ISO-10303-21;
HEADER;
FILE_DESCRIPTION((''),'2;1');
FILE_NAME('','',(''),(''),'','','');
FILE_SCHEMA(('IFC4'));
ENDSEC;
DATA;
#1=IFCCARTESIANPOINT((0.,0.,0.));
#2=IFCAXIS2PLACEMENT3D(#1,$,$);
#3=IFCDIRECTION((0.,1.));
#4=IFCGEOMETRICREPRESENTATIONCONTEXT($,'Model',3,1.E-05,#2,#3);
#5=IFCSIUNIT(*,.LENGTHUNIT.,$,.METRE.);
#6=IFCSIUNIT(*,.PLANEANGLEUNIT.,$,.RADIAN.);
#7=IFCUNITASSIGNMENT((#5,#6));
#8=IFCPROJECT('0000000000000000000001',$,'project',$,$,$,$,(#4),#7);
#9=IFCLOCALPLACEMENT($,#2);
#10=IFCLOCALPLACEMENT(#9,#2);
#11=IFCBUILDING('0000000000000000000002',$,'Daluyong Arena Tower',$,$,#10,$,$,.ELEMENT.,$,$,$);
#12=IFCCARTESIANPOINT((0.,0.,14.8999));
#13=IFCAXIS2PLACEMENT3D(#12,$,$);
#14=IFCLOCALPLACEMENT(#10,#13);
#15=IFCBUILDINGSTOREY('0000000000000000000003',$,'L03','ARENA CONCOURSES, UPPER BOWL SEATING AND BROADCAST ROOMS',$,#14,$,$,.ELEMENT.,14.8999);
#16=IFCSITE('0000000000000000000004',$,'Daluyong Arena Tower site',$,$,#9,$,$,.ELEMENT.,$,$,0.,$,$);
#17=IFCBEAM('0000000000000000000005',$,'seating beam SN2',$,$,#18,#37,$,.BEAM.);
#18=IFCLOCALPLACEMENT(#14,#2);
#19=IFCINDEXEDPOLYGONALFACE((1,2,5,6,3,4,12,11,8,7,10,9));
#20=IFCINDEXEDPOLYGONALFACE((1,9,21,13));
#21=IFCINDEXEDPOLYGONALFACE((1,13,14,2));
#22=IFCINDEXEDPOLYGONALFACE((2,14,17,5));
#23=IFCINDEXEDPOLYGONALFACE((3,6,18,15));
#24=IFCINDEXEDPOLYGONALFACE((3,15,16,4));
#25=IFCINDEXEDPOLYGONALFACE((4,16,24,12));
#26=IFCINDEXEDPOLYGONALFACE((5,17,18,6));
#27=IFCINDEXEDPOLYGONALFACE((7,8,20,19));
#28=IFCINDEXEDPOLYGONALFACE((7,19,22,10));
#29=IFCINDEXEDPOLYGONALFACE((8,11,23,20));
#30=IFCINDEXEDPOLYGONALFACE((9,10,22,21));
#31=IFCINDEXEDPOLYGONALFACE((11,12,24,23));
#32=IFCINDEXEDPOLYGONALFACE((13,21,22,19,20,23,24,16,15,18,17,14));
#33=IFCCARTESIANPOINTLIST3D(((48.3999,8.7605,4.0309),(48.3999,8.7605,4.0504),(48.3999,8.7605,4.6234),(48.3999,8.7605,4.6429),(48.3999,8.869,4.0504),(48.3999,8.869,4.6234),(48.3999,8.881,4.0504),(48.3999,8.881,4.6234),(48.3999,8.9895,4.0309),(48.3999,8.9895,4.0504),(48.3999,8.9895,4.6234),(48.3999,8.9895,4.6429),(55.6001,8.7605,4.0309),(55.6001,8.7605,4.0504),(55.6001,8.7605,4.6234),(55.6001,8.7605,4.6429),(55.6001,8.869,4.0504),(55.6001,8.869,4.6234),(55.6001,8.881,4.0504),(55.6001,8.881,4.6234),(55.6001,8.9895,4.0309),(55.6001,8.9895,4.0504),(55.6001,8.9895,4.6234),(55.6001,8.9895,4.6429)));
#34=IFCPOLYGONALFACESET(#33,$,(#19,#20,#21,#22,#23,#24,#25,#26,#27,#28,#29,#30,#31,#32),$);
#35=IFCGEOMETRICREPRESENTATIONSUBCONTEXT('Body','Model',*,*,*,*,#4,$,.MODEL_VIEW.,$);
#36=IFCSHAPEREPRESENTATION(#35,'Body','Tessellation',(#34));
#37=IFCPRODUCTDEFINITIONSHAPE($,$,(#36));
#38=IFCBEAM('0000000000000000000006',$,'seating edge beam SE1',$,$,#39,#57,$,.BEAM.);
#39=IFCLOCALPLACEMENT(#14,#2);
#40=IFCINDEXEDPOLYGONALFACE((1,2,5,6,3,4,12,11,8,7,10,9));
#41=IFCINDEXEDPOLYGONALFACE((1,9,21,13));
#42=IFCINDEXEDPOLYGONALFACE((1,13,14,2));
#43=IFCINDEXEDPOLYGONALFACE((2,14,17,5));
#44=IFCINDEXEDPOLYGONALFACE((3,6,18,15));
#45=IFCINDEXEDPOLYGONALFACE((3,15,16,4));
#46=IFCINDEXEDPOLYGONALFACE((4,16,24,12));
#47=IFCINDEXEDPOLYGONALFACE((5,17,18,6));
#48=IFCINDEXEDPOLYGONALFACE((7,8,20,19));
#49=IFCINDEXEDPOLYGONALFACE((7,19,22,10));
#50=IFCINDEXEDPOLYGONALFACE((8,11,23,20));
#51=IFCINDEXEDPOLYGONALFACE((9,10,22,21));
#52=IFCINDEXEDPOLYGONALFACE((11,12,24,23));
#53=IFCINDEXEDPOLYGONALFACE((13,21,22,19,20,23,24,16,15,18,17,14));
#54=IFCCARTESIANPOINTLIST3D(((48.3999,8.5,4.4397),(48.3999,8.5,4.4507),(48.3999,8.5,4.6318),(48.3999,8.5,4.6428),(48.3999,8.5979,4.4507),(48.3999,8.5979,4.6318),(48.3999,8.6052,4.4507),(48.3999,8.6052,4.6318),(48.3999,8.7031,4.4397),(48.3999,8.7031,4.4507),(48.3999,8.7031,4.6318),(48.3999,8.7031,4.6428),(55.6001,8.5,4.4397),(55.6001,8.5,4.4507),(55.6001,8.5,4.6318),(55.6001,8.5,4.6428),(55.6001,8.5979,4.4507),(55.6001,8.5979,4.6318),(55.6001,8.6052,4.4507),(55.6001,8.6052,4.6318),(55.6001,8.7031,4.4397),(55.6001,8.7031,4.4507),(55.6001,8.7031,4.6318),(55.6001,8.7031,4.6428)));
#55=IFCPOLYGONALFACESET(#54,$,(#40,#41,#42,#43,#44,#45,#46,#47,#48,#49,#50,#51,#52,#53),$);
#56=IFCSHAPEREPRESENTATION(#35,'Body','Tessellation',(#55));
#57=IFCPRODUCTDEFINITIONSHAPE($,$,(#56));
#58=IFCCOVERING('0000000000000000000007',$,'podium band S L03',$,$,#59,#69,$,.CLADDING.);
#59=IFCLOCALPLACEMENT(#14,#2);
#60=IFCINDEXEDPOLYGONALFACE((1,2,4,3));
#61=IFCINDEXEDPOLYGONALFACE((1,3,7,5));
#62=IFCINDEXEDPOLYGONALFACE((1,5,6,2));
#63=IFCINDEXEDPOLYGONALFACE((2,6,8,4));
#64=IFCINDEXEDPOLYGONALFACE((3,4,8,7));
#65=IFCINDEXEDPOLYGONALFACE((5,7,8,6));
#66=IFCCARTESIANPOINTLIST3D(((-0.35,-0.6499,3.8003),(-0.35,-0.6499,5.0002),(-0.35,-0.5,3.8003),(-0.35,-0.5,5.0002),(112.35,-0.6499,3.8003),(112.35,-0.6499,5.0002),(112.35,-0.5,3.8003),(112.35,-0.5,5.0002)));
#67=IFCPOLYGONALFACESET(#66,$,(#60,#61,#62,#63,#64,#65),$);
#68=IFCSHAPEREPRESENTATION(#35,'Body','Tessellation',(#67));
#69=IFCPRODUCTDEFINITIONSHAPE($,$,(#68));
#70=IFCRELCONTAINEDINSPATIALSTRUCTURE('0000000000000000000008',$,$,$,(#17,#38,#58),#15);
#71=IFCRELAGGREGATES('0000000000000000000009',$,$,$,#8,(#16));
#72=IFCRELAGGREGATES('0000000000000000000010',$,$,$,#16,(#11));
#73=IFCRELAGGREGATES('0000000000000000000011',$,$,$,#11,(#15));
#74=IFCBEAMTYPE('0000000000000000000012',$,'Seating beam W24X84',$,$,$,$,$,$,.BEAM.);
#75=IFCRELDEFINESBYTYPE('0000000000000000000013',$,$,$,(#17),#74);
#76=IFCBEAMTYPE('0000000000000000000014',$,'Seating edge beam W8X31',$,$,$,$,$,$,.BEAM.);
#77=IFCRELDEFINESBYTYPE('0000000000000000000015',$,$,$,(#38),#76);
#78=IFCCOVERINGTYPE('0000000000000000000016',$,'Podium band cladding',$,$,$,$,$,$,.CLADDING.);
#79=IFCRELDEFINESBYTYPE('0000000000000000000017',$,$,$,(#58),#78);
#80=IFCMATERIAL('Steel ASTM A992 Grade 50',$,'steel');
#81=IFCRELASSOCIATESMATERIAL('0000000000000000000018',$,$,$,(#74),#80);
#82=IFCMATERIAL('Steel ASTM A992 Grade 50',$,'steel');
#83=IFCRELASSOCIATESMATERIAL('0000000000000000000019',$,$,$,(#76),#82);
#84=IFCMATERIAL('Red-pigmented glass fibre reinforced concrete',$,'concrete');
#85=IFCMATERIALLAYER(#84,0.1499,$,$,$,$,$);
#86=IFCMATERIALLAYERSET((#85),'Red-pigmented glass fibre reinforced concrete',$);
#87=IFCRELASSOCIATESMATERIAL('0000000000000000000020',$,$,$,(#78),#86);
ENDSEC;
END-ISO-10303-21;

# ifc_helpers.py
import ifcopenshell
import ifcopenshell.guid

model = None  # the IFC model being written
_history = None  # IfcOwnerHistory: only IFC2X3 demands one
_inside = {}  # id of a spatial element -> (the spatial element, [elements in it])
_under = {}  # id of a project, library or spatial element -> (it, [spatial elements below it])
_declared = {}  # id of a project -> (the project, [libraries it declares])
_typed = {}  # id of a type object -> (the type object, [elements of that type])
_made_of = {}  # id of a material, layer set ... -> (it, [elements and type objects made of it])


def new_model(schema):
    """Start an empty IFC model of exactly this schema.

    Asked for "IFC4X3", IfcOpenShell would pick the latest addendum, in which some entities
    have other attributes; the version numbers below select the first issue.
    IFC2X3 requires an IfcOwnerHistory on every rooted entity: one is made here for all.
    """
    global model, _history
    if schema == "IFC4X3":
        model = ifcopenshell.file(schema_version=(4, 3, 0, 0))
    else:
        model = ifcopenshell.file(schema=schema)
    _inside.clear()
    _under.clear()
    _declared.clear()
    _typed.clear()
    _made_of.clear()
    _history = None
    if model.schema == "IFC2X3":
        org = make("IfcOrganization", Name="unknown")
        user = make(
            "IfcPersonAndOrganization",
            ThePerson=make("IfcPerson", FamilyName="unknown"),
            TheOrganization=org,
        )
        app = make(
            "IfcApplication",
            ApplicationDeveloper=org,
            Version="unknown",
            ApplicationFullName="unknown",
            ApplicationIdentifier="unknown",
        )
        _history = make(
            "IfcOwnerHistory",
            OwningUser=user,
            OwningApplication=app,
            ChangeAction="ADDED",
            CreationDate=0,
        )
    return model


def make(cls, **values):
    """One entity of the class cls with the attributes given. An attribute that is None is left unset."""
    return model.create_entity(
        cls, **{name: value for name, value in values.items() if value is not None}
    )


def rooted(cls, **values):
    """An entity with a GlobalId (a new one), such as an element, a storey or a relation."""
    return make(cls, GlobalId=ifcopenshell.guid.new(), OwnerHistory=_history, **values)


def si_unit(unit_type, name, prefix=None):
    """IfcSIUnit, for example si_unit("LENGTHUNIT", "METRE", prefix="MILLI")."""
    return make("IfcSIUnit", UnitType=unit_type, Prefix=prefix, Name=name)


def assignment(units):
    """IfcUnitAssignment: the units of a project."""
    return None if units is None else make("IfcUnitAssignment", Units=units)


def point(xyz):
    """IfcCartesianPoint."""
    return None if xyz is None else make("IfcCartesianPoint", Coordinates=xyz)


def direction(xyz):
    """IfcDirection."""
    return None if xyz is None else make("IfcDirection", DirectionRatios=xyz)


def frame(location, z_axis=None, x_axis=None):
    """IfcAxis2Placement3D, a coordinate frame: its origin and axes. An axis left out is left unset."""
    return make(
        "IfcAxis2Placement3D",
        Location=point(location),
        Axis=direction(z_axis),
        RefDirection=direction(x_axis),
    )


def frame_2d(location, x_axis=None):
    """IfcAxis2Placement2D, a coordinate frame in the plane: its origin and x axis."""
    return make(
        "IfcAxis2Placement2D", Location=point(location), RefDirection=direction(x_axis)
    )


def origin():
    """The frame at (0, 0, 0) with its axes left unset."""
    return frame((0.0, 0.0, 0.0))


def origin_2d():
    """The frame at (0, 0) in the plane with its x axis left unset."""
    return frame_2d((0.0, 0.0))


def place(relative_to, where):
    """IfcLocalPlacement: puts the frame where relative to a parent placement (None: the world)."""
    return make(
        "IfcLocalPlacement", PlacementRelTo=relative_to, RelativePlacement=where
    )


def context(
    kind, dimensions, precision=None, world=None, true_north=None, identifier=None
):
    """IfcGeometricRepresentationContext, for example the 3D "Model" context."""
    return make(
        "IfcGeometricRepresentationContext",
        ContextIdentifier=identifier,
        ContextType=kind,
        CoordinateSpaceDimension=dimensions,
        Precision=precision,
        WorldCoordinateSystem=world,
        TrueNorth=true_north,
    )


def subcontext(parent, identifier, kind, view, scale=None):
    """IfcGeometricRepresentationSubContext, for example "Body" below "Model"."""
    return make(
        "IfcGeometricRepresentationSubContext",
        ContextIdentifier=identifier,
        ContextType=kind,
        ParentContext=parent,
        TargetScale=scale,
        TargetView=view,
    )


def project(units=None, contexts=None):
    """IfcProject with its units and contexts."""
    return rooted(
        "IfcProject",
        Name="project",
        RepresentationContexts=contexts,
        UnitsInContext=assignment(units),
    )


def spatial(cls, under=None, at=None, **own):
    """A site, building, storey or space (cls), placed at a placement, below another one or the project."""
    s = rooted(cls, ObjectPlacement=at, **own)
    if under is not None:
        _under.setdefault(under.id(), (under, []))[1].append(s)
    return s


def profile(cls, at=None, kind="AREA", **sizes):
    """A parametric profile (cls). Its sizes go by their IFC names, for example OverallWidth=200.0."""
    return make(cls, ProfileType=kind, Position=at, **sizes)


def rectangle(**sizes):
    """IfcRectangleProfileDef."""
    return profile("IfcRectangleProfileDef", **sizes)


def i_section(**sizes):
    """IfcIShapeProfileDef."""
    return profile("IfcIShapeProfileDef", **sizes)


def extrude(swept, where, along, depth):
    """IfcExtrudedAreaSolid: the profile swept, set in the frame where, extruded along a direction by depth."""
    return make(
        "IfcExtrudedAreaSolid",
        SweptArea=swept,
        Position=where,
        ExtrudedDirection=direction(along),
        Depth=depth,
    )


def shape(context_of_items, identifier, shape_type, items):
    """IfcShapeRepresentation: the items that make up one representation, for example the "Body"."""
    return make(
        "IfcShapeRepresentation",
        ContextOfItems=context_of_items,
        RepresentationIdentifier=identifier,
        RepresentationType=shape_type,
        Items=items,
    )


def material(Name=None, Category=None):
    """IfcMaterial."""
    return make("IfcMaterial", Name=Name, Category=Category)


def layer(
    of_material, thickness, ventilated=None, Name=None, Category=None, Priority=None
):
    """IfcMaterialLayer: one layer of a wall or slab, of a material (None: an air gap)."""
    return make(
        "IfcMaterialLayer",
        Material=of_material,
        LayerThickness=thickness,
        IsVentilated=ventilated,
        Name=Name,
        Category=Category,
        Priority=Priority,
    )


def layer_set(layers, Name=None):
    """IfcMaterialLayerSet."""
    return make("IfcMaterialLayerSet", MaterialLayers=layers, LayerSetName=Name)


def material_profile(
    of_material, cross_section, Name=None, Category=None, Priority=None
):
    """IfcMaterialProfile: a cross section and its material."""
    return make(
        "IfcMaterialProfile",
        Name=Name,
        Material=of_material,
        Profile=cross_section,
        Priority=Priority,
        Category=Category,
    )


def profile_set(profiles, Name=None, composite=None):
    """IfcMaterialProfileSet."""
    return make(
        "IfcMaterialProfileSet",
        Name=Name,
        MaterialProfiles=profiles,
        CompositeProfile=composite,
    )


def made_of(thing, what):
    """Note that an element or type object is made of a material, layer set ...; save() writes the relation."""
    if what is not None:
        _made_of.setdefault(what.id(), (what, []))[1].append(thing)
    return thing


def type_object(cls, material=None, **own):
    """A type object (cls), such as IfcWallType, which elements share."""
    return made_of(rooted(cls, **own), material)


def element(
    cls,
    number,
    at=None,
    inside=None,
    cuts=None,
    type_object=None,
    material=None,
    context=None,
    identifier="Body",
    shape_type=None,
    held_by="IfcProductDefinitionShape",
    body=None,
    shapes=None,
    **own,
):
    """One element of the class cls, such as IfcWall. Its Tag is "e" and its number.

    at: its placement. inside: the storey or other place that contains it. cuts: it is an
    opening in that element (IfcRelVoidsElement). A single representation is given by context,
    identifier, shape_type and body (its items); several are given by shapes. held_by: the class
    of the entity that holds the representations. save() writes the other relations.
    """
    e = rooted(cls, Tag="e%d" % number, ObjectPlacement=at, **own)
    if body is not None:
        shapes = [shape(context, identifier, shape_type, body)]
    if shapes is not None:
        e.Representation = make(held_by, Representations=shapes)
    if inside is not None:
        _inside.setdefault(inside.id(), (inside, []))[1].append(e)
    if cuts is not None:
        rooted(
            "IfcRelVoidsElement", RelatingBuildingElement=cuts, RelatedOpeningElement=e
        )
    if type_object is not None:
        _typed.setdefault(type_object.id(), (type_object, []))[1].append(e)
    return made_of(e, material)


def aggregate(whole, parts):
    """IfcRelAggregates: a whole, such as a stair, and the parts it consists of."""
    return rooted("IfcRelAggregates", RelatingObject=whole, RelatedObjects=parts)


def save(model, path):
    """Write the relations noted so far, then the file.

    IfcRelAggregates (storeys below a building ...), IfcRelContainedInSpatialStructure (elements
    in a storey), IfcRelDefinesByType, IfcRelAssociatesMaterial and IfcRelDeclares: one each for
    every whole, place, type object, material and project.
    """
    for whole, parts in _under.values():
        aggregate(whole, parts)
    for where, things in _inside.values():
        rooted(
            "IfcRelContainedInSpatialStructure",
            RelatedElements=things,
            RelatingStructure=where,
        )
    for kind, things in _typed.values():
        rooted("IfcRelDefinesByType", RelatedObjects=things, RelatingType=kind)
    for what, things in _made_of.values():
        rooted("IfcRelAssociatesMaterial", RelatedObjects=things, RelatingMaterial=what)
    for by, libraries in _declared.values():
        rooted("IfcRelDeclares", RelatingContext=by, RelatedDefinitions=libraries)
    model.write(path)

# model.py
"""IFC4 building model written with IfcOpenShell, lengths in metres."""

from ifc_helpers import new_model, si_unit, direction, frame, origin, origin_2d, place, context, subcontext, project, spatial, rectangle, i_section, extrude, material, layer, layer_set, material_profile, profile_set, type_object, element, save


model = new_model("IFC4")

# Units and contexts
model_context = context("Model", 3, precision=1e-05, world=origin(), true_north=direction((0.0, 1.0)))
body_context = subcontext(model_context, "Body", "Model", "MODEL_VIEW")
ifc_project = project(units=[si_unit("LENGTHUNIT", "METRE"), si_unit("PLANEANGLEUNIT", "RADIAN")], contexts=[model_context])

# Site, building, storey
site_placement = place(None, origin())
site = spatial("IfcSite", under=ifc_project, at=site_placement, Name="Daluyong Arena Tower site", CompositionType="ELEMENT", RefElevation=0.0)
building_placement = place(site_placement, origin())
building = spatial("IfcBuilding", under=site, at=building_placement, Name="Daluyong Arena Tower", CompositionType="ELEMENT")
storey_placement = place(building_placement, frame((0.0, 0.0, 14.8999)))
storey = spatial("IfcBuildingStorey", under=building, at=storey_placement, Name="L03", Description="ARENA CONCOURSES, UPPER BOWL SEATING AND BROADCAST ROOMS", CompositionType="ELEMENT", Elevation=14.8999)

# Beams
ifc_material_1 = material(Name="Steel ASTM A992 Grade 50", Category="steel")
ifc_material_profile_1 = material_profile(ifc_material_1, i_section(OverallWidth=0.229, OverallDepth=0.6121, WebThickness=0.012, FlangeThickness=0.0195, at=origin_2d()))
ifc_profile_set_1 = profile_set([ifc_material_profile_1], Name="Steel ASTM A992 Grade 50")
beam_type_1 = type_object("IfcBeamType", Name="Seating beam W24X84", PredefinedType="BEAM", material=ifc_profile_set_1)
beam_1_placement = place(storey_placement, frame((48.3999, 8.875, 4.3369), z_axis=(1.0, 0.0, 0.0), x_axis=(0.0, 1.0, 0.0)))
element("IfcBeam", 1, at=beam_1_placement, inside=storey, type_object=beam_type_1, Name="seating beam SN2", PredefinedType="BEAM", context=body_context, shape_type="SweptSolid", body=[
    extrude(i_section(OverallWidth=0.229, OverallDepth=0.6121, WebThickness=0.012, FlangeThickness=0.0195, at=origin_2d()), origin(), (0.0, 0.0, 1.0), 7.2002),
])
ifc_material_2 = material(Name="Steel ASTM A992 Grade 50", Category="steel")
ifc_material_profile_2 = material_profile(ifc_material_2, i_section(OverallWidth=0.2031, OverallDepth=0.2031, WebThickness=0.0073, FlangeThickness=0.011, at=origin_2d()))
ifc_profile_set_2 = profile_set([ifc_material_profile_2], Name="Steel ASTM A992 Grade 50")
beam_type_2 = type_object("IfcBeamType", Name="Seating edge beam W8X31", PredefinedType="BEAM", material=ifc_profile_set_2)
beam_2_placement = place(storey_placement, frame((48.3999, 8.6016, 4.5413), z_axis=(1.0, 0.0, 0.0), x_axis=(0.0, 1.0, 0.0)))
element("IfcBeam", 2, at=beam_2_placement, inside=storey, type_object=beam_type_2, Name="seating edge beam SE1", PredefinedType="BEAM", context=body_context, shape_type="SweptSolid", body=[
    extrude(i_section(OverallWidth=0.2031, OverallDepth=0.2031, WebThickness=0.0073, FlangeThickness=0.011, at=origin_2d()), origin(), (0.0, 0.0, 1.0), 7.2002),
])

# Covering
ifc_material_3 = material(Name="Red-pigmented glass fibre reinforced concrete", Category="concrete")
ifc_layer = layer(ifc_material_3, 0.1499)
ifc_layer_set = layer_set([ifc_layer], Name="Red-pigmented glass fibre reinforced concrete")
covering_type = type_object("IfcCoveringType", Name="Podium band cladding", PredefinedType="CLADDING", material=ifc_layer_set)
covering_placement = place(storey_placement, frame((56.0, -0.575, 3.8003), z_axis=(0.0, 0.0, 1.0), x_axis=(1.0, 0.0, 0.0)))
element("IfcCovering", 3, at=covering_placement, inside=storey, type_object=covering_type, Name="podium band S L03", PredefinedType="CLADDING", context=body_context, shape_type="SweptSolid", body=[
    extrude(rectangle(XDim=112.7, YDim=0.1499, at=origin_2d()), origin(), (0.0, 0.0, 1.0), 1.2),
])

save(model, "model.ifc")
